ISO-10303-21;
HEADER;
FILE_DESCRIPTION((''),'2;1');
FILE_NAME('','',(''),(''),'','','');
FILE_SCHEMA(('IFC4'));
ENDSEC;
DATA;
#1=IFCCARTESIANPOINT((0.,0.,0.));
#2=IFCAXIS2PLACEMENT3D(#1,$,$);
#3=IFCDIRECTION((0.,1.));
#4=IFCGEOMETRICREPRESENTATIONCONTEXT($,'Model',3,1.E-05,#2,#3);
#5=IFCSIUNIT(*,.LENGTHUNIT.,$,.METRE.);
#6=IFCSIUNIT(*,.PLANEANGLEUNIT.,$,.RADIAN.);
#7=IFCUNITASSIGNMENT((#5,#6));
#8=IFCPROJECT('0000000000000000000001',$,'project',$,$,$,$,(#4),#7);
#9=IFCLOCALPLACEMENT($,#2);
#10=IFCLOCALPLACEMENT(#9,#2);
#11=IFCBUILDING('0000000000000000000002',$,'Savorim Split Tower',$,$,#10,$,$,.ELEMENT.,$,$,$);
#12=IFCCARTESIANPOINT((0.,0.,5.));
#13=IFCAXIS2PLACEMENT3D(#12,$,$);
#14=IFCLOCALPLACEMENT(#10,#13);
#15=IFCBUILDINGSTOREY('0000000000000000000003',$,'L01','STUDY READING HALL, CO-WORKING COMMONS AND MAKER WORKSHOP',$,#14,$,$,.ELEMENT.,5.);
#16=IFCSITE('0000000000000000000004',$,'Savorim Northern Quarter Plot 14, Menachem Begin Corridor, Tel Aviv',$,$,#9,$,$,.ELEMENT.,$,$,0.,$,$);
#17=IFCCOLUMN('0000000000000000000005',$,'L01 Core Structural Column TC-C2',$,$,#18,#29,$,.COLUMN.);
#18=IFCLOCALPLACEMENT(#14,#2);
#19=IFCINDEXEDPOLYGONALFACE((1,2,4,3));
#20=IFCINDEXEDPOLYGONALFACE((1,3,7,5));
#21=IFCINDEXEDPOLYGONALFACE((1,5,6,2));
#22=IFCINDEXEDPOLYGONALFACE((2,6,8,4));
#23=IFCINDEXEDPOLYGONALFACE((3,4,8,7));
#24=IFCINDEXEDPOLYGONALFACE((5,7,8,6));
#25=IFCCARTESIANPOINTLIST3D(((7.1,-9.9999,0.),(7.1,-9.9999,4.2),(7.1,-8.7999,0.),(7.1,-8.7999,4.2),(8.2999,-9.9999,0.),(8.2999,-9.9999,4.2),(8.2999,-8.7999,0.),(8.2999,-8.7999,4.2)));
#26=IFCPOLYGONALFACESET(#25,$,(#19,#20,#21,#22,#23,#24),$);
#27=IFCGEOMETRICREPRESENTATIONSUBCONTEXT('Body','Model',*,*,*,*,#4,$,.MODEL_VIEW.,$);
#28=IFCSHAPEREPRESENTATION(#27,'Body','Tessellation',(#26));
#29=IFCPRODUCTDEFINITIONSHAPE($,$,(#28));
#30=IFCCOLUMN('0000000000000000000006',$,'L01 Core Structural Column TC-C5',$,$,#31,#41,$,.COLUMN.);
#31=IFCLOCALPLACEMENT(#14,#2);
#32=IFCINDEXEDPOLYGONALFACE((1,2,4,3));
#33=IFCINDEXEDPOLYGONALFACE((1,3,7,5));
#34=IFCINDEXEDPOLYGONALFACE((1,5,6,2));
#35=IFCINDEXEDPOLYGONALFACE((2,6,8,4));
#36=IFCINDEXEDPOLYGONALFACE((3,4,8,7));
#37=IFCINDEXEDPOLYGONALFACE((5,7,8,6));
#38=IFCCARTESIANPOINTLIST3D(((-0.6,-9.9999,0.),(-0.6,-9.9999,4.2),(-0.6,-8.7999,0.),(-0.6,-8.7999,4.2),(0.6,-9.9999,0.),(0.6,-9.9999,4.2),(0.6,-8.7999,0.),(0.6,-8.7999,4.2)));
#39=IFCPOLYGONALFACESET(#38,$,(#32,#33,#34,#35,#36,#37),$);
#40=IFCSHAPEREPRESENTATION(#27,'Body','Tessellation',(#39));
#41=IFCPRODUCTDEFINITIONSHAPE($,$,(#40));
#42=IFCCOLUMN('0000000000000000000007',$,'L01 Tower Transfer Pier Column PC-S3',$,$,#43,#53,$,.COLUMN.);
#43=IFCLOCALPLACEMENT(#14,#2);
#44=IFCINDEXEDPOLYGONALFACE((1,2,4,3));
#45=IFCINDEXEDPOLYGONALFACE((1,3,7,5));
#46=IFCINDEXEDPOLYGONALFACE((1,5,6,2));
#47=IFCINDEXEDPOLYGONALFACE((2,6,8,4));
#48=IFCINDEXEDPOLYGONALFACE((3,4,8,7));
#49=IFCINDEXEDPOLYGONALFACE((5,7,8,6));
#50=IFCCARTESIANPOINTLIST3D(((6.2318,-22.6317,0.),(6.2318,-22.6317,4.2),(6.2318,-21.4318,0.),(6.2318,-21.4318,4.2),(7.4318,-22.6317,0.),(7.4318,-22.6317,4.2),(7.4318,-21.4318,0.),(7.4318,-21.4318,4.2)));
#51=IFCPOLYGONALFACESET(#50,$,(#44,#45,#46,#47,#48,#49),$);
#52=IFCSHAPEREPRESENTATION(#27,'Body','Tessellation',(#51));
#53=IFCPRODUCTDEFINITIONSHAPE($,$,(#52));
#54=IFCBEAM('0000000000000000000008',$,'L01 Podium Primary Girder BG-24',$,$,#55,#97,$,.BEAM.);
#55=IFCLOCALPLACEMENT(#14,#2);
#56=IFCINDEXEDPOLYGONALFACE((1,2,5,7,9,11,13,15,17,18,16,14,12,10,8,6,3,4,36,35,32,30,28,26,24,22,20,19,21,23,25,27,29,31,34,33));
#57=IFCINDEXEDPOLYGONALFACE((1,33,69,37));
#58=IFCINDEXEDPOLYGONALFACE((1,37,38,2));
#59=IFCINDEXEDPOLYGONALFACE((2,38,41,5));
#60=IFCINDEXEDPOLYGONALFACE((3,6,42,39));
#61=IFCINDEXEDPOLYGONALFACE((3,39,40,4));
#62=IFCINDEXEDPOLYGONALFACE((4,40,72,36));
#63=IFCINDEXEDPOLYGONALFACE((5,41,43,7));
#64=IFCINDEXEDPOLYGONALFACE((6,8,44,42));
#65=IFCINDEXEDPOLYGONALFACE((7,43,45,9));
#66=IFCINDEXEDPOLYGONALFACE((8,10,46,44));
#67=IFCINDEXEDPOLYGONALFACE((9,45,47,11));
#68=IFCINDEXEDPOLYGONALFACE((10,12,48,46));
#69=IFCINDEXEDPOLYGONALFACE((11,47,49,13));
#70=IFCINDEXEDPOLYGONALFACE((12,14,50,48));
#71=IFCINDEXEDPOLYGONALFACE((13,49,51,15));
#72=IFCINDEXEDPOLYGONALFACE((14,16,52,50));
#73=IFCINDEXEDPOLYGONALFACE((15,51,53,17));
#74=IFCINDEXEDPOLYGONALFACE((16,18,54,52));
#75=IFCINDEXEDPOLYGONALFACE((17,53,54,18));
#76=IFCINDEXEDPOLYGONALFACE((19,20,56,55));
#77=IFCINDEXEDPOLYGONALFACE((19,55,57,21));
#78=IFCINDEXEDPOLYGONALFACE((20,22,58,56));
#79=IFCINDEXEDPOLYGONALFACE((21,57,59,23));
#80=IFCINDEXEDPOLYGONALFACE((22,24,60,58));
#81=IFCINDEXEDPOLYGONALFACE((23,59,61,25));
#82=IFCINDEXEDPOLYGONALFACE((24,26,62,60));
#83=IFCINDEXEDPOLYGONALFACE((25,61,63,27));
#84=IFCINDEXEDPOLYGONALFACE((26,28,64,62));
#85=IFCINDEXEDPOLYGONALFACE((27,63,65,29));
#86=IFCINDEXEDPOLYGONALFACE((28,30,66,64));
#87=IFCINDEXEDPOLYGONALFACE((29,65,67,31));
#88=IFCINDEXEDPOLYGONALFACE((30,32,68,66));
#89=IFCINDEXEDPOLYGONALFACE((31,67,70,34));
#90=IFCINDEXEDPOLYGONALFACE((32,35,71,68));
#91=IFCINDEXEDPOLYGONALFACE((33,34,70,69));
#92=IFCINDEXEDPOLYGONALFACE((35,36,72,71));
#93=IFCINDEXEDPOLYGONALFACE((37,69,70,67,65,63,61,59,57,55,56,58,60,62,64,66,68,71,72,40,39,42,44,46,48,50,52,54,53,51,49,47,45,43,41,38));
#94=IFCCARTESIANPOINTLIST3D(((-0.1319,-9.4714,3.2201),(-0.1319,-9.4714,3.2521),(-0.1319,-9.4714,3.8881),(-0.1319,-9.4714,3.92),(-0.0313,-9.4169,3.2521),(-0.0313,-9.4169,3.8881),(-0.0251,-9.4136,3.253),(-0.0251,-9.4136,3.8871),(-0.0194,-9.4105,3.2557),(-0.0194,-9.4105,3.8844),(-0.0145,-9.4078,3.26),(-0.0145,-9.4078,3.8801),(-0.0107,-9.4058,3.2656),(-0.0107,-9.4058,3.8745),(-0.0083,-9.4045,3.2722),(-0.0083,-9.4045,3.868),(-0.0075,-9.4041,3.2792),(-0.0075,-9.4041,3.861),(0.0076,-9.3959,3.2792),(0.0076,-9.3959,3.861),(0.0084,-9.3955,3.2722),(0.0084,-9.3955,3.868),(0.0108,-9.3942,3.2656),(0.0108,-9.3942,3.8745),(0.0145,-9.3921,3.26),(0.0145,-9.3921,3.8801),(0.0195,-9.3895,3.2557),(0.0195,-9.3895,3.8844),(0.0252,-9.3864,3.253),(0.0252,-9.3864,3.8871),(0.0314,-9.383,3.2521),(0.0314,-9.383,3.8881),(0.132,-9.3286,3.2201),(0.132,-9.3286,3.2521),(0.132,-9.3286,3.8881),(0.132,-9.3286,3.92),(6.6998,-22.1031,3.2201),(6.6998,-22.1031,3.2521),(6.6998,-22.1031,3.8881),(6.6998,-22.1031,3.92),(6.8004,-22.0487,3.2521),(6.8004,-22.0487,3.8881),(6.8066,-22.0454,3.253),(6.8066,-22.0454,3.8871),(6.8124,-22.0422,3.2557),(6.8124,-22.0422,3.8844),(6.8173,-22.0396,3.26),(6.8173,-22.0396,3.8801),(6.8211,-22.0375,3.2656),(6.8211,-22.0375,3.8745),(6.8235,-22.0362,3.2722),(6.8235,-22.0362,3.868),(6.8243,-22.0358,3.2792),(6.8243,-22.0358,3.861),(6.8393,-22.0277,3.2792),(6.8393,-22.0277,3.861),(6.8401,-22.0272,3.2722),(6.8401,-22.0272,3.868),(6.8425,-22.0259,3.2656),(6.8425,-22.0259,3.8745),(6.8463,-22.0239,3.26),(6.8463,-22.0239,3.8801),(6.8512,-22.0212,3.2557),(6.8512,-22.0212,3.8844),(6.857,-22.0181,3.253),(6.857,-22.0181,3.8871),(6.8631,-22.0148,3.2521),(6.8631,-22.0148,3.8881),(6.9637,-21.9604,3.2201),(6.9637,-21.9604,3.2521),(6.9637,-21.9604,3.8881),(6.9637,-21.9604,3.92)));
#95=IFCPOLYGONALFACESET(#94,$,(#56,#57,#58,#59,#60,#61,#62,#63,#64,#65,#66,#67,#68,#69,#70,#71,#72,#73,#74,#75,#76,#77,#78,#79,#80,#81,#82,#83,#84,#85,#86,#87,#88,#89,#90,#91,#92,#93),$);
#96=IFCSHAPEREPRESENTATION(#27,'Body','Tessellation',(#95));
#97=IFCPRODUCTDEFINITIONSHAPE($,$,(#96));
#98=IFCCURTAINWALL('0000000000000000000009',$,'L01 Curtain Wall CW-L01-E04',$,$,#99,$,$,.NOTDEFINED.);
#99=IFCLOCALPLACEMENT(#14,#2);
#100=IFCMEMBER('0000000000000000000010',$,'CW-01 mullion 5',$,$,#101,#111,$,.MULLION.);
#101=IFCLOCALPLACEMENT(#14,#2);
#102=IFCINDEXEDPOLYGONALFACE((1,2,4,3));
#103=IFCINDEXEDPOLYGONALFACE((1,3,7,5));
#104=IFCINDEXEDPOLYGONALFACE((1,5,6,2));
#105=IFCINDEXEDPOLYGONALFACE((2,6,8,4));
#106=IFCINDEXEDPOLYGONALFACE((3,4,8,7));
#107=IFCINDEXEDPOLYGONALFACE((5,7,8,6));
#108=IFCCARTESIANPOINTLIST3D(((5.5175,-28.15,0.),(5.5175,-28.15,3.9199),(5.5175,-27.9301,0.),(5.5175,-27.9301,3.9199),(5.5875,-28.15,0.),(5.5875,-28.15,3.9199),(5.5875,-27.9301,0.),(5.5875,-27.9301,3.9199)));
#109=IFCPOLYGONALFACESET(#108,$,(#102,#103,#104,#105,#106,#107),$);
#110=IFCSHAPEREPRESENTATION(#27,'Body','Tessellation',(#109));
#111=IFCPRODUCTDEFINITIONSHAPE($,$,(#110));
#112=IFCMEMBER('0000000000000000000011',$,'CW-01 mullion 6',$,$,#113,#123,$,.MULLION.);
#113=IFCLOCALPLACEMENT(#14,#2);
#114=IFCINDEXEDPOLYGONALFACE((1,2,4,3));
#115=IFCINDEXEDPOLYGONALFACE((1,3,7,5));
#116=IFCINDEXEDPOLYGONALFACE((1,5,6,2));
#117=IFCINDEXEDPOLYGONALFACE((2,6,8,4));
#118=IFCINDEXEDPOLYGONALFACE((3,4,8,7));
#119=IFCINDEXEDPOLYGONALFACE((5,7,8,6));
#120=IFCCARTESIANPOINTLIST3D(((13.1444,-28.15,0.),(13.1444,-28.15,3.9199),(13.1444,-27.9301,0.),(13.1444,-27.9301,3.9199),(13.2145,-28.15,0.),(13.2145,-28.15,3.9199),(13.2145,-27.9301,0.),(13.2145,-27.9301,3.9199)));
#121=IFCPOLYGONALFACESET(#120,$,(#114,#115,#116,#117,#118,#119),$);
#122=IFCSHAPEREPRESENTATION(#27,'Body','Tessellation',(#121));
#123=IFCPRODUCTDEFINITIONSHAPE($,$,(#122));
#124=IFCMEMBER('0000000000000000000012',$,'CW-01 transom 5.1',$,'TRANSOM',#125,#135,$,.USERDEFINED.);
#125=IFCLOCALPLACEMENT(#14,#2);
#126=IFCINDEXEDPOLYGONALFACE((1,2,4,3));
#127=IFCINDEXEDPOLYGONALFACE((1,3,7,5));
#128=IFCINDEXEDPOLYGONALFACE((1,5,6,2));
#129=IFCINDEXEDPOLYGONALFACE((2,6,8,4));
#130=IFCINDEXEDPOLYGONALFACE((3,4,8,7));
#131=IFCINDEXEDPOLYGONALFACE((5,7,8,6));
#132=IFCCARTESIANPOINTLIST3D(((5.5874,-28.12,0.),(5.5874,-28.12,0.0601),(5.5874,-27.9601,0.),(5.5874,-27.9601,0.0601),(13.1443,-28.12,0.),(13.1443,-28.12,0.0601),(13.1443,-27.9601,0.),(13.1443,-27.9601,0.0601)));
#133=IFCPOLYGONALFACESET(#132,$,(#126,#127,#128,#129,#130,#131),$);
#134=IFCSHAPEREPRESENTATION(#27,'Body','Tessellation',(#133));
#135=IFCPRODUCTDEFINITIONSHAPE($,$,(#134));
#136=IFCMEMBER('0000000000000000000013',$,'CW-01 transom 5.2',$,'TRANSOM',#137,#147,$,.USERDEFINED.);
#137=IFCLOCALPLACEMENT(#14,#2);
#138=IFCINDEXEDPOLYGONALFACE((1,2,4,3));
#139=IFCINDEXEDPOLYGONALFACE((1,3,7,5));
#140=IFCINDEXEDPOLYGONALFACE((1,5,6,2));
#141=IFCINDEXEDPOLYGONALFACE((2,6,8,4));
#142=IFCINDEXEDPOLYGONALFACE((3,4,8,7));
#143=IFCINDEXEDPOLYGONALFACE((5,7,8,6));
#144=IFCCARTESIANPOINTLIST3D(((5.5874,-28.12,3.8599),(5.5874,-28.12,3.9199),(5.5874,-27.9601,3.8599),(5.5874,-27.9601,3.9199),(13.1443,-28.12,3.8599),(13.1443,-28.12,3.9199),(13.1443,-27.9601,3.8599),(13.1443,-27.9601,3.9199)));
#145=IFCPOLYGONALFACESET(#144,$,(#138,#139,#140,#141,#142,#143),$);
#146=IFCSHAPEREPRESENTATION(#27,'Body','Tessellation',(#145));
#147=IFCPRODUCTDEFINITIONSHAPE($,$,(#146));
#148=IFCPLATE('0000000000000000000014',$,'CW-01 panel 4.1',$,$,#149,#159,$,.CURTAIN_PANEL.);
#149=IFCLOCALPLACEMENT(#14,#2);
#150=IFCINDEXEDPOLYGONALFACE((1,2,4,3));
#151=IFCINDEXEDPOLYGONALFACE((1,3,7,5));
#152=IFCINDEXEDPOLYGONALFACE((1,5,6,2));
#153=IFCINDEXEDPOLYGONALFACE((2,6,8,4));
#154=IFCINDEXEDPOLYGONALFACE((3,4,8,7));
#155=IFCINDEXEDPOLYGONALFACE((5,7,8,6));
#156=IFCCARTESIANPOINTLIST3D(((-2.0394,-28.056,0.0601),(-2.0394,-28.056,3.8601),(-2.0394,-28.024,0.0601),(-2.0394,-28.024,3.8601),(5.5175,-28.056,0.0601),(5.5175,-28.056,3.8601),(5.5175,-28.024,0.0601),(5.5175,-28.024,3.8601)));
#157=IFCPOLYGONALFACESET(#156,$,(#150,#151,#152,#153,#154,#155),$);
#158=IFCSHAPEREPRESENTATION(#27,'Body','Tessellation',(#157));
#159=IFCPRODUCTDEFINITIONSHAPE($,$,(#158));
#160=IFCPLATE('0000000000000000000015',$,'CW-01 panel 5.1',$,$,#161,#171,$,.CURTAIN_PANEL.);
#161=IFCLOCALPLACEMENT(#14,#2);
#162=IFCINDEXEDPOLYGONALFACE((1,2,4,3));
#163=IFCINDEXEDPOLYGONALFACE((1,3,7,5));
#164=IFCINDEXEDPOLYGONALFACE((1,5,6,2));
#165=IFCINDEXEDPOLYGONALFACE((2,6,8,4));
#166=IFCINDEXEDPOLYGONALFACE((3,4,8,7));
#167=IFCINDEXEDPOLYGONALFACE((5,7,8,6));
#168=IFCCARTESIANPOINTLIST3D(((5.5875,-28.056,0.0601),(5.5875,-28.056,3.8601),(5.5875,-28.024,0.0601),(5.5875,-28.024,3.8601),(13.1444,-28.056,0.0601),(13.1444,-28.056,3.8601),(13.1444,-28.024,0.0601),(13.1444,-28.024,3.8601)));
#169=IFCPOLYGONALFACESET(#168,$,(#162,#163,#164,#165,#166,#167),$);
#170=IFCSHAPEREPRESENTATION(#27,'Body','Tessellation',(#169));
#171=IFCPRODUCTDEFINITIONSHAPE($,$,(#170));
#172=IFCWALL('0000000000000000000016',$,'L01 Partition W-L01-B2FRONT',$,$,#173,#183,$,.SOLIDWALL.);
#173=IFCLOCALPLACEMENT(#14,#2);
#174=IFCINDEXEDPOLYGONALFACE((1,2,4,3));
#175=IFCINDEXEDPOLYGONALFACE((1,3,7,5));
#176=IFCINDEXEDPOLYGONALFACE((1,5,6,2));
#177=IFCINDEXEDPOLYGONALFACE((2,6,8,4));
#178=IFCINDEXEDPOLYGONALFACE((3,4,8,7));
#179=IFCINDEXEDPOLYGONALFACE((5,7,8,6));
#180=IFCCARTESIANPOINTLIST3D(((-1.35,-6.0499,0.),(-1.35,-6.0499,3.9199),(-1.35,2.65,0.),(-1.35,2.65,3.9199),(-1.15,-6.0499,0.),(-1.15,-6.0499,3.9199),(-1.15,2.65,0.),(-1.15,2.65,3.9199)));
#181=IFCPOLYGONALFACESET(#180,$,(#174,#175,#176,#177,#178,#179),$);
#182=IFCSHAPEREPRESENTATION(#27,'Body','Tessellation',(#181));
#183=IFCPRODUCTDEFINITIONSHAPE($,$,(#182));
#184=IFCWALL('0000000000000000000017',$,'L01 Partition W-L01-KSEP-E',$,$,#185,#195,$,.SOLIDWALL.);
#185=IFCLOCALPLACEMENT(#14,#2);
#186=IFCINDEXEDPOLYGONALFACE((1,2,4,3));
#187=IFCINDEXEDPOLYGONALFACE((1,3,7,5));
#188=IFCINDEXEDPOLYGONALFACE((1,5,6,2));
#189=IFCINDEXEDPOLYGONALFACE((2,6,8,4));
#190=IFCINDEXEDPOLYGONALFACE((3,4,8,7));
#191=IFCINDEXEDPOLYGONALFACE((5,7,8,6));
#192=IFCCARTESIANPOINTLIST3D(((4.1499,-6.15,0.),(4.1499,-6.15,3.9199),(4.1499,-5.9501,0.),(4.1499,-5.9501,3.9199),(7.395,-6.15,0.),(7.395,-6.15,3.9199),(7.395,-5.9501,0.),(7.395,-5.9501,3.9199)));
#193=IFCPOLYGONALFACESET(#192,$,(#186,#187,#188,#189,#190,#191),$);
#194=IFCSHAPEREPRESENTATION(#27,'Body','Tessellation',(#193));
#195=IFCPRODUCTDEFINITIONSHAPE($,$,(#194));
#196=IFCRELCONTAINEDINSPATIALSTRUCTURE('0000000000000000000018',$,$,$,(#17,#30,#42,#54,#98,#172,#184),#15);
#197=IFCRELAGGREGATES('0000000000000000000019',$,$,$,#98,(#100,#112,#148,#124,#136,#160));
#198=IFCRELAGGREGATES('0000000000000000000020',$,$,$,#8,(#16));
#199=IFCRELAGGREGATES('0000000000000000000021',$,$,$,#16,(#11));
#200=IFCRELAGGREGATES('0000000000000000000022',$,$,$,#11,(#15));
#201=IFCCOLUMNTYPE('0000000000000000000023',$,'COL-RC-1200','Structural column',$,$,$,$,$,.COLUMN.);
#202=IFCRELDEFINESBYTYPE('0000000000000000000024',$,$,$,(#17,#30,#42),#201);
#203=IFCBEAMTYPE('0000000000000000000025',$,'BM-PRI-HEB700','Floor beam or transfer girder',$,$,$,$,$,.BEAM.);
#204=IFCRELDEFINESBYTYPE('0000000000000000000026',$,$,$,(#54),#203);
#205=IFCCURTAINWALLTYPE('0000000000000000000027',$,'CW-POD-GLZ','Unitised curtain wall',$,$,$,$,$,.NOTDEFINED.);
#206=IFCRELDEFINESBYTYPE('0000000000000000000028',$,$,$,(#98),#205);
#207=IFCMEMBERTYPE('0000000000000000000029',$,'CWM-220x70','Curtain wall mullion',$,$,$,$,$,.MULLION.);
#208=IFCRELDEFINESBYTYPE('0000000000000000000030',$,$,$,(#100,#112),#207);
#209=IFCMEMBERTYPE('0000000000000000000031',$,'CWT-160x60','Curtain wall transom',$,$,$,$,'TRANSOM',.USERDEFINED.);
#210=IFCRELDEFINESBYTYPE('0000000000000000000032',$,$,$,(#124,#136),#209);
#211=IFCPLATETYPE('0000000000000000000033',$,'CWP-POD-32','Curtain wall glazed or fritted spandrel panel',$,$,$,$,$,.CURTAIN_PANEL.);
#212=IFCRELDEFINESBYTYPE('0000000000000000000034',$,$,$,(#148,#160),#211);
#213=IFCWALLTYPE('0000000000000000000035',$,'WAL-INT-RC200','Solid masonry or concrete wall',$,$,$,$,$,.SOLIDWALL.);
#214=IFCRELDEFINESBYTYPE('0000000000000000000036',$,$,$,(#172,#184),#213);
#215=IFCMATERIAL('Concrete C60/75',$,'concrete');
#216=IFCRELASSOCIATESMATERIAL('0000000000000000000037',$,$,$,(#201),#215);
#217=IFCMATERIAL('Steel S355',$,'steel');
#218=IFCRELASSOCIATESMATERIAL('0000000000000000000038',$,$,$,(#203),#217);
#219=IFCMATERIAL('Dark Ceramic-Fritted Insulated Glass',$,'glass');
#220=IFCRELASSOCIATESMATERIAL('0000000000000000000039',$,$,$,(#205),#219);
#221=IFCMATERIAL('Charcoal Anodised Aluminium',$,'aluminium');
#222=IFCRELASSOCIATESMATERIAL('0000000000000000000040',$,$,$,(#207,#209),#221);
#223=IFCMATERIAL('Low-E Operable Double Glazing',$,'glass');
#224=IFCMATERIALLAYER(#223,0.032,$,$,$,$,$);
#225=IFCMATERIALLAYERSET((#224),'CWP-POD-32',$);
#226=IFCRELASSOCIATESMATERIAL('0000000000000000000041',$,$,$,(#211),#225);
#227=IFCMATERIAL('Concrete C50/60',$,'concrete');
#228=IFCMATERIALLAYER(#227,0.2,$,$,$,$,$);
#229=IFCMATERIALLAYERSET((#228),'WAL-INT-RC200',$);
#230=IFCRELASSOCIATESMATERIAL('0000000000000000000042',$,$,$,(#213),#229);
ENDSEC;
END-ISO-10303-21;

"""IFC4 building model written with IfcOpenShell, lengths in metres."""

from ifc_helpers import new_model, si_unit, direction, frame, frame_2d, origin, origin_2d, place, context, subcontext, project, spatial, rectangle, i_section, extrude, material, layer, layer_set, material_profile, profile_set, type_object, element, aggregate, save


model = new_model("IFC4")

# Units and contexts
model_context = context("Model", 3, precision=1e-05, world=origin(), true_north=direction((0.0, 1.0)))
body_context = subcontext(model_context, "Body", "Model", "MODEL_VIEW")
ifc_project = project(units=[si_unit("LENGTHUNIT", "METRE"), si_unit("PLANEANGLEUNIT", "RADIAN")], contexts=[model_context])

# Site, building, storey
site_placement = place(None, origin())
site = spatial("IfcSite", under=ifc_project, at=site_placement, Name="Savorim Northern Quarter Plot 14, Menachem Begin Corridor, Tel Aviv", CompositionType="ELEMENT", RefElevation=0.0)
building_placement = place(site_placement, origin())
building = spatial("IfcBuilding", under=site, at=building_placement, Name="Savorim Split Tower", CompositionType="ELEMENT")
storey_placement = place(building_placement, frame((0.0, 0.0, 5.0)))
storey = spatial("IfcBuildingStorey", under=building, at=storey_placement, Name="L01", Description="STUDY READING HALL, CO-WORKING COMMONS AND MAKER WORKSHOP", CompositionType="ELEMENT", Elevation=5.0)

# Columns
ifc_material_1 = material(Name="Concrete C60/75", Category="concrete")
ifc_material_profile_1 = material_profile(ifc_material_1, rectangle(XDim=1.2, YDim=1.2, at=origin_2d()), Name="RC 1200x1200")
ifc_profile_set_1 = profile_set([ifc_material_profile_1], Name="Concrete C60/75")
column_type = type_object("IfcColumnType", Name="COL-RC-1200", Description="Structural column", PredefinedType="COLUMN", material=ifc_profile_set_1)
for number, where, z_axis, x_axis, name in (
    (1, (7.7, -9.3999, 0.0), (0.0, 0.0, 1.0), (1.0, 0.0, 0.0), "L01 Core Structural Column TC-C2"),
    (2, (0.0, -9.3999, 0.0), (0.0, 0.0, 1.0), (1.0, 0.0, 0.0), "L01 Core Structural Column TC-C5"),
    (3, (6.8318, -22.0317, 0.0), (0.0, 0.0, 1.0), (1.0, 0.0, 0.0), "L01 Tower Transfer Pier Column PC-S3"),
):
    element("IfcColumn", number, at=place(storey_placement, frame(where, z_axis=z_axis, x_axis=x_axis)), inside=storey, type_object=column_type, Name=name, PredefinedType="COLUMN", context=body_context, shape_type="SweptSolid", body=[
        extrude(rectangle(XDim=1.2, YDim=1.2, at=origin_2d()), origin(), (0.0, 0.0, 1.0), 4.2),
    ])

# Beam
ifc_material_2 = material(Name="Steel S355", Category="steel")
ifc_material_profile_2 = material_profile(ifc_material_2, i_section(OverallWidth=0.3, OverallDepth=0.7, WebThickness=0.0171, FlangeThickness=0.032, FilletRadius=0.0271, at=origin_2d()), Name="HEB 700")
ifc_profile_set_2 = profile_set([ifc_material_profile_2], Name="Steel S355")
beam_type = type_object("IfcBeamType", Name="BM-PRI-HEB700", Description="Floor beam or transfer girder", PredefinedType="BEAM", material=ifc_profile_set_2)
beam_placement = place(storey_placement, frame((6.8318, -22.0317, 3.5701), z_axis=(-0.47572, 0.879597, 0.0), x_axis=(-0.879597, -0.47572, 0.0)))
element("IfcBeam", 4, at=beam_placement, inside=storey, type_object=beam_type, Name="L01 Podium Primary Girder BG-24", PredefinedType="BEAM", context=body_context, shape_type="SweptSolid", body=[
    extrude(i_section(OverallWidth=0.3, OverallDepth=0.7, WebThickness=0.0171, FlangeThickness=0.032, FilletRadius=0.0271, at=origin_2d()), origin(), (0.0, 0.0, 1.0), 14.3608),
])

# Curtain wall, members, plates
ifc_material_3 = material(Name="Dark Ceramic-Fritted Insulated Glass", Category="glass")
curtain_wall_type = type_object("IfcCurtainWallType", Name="CW-POD-GLZ", Description="Unitised curtain wall", PredefinedType="NOTDEFINED", material=ifc_material_3)
curtain_wall_placement = place(storey_placement, origin())
curtain_wall = element("IfcCurtainWall", 5, at=curtain_wall_placement, inside=storey, type_object=curtain_wall_type, Name="L01 Curtain Wall CW-L01-E04", PredefinedType="NOTDEFINED")
ifc_material_4 = material(Name="Charcoal Anodised Aluminium", Category="aluminium")
ifc_material_profile_3 = material_profile(ifc_material_4, rectangle(XDim=0.22, YDim=0.0701, at=origin_2d()), Name="ALU-M 220x70")
ifc_profile_set_3 = profile_set([ifc_material_profile_3], Name="Charcoal Anodised Aluminium")
member_type_1 = type_object("IfcMemberType", Name="CWM-220x70", Description="Curtain wall mullion", PredefinedType="MULLION", material=ifc_profile_set_3)
member_1_placement = place(storey_placement, frame((5.5525, -28.04, 0.0), z_axis=(0.0, 0.0, 1.0), x_axis=(0.0, 1.0, 0.0)))
member_1 = element("IfcMember", 6, at=member_1_placement, type_object=member_type_1, Name="CW-01 mullion 5", PredefinedType="MULLION", context=body_context, shape_type="SweptSolid", body=[
    extrude(rectangle(XDim=0.22, YDim=0.0701, at=origin_2d()), origin(), (0.0, 0.0, 1.0), 3.9199),
])
member_2_placement = place(storey_placement, frame((13.1794, -28.04, 0.0), z_axis=(0.0, 0.0, 1.0), x_axis=(0.0, 1.0, 0.0)))
member_2 = element("IfcMember", 7, at=member_2_placement, type_object=member_type_1, Name="CW-01 mullion 6", PredefinedType="MULLION", context=body_context, shape_type="SweptSolid", body=[
    extrude(rectangle(XDim=0.22, YDim=0.0701, at=origin_2d()), origin(), (0.0, 0.0, 1.0), 3.9199),
])
ifc_material_profile_4 = material_profile(ifc_material_4, rectangle(XDim=0.1599, YDim=0.0601, at=origin_2d()), Name="ALU-T 160x60")
ifc_profile_set_4 = profile_set([ifc_material_profile_4], Name="Charcoal Anodised Aluminium")
member_type_2 = type_object("IfcMemberType", Name="CWT-160x60", Description="Curtain wall transom", ElementType="TRANSOM", PredefinedType="USERDEFINED", material=ifc_profile_set_4)
member_3_placement = place(storey_placement, frame((5.5874, -28.04, 0.03), z_axis=(1.0, 0.0, 0.0), x_axis=(0.0, 1.0, 0.0)))
member_3 = element("IfcMember", 8, at=member_3_placement, type_object=member_type_2, Name="CW-01 transom 5.1", ObjectType="TRANSOM", PredefinedType="USERDEFINED", context=body_context, shape_type="SweptSolid", body=[
    extrude(rectangle(XDim=0.1599, YDim=0.0601, at=origin_2d()), origin(), (0.0, 0.0, 1.0), 7.5569),
])
member_4_placement = place(storey_placement, frame((5.5874, -28.04, 3.8899), z_axis=(1.0, 0.0, 0.0), x_axis=(0.0, 1.0, 0.0)))
member_4 = element("IfcMember", 9, at=member_4_placement, type_object=member_type_2, Name="CW-01 transom 5.2", ObjectType="TRANSOM", PredefinedType="USERDEFINED", context=body_context, shape_type="SweptSolid", body=[
    extrude(rectangle(XDim=0.1599, YDim=0.0601, at=origin_2d()), origin(), (0.0, 0.0, 1.0), 7.5569),
])
ifc_material_5 = material(Name="Low-E Operable Double Glazing", Category="glass")
ifc_layer_1 = layer(ifc_material_5, 0.032)
ifc_layer_set_1 = layer_set([ifc_layer_1], Name="CWP-POD-32")
plate_type = type_object("IfcPlateType", Name="CWP-POD-32", Description="Curtain wall glazed or fritted spandrel panel", PredefinedType="CURTAIN_PANEL", material=ifc_layer_set_1)
plate_1_placement = place(storey_placement, frame((1.739, -28.04, 0.0601), z_axis=(0.0, 0.0, 1.0), x_axis=(1.0, 0.0, 0.0)))
plate_1 = element("IfcPlate", 10, at=plate_1_placement, type_object=plate_type, Name="CW-01 panel 4.1", PredefinedType="CURTAIN_PANEL", context=body_context, shape_type="SweptSolid", body=[
    extrude(rectangle(XDim=7.5569, YDim=0.032, at=origin_2d()), origin(), (0.0, 0.0, 1.0), 3.8),
])
plate_2_placement = place(storey_placement, frame((9.366, -28.04, 0.0601), z_axis=(0.0, 0.0, 1.0), x_axis=(1.0, 0.0, 0.0)))
plate_2 = element("IfcPlate", 11, at=plate_2_placement, type_object=plate_type, Name="CW-01 panel 5.1", PredefinedType="CURTAIN_PANEL", context=body_context, shape_type="SweptSolid", body=[
    extrude(rectangle(XDim=7.5569, YDim=0.032, at=origin_2d()), origin(), (0.0, 0.0, 1.0), 3.8),
])
aggregate(curtain_wall, [member_1, member_2, plate_1, member_3, member_4, plate_2])

# Shared definitions
ifc_material_6 = material(Name="Concrete C50/60", Category="concrete")
ifc_layer_2 = layer(ifc_material_6, 0.2)
ifc_layer_set_2 = layer_set([ifc_layer_2], Name="WAL-INT-RC200")
wall_type_1 = type_object("IfcWallType", Name="WAL-INT-RC200", Description="Solid masonry or concrete wall", PredefinedType="SOLIDWALL", material=ifc_layer_set_2)

# Walls
wall_1_placement = place(storey_placement, frame((-1.25, -6.05, 0.0), z_axis=(0.0, 0.0, 1.0), x_axis=(0.0, 1.0, 0.0)))
element("IfcWall", 12, at=wall_1_placement, inside=storey, type_object=wall_type_1, Name="L01 Partition W-L01-B2FRONT", PredefinedType="SOLIDWALL", context=body_context, shape_type="SweptSolid", body=[
    extrude(rectangle(XDim=8.7, YDim=0.2, at=frame_2d((4.3501, 0.0))), origin(), (0.0, 0.0, 1.0), 3.9199),
])
wall_2_placement = place(storey_placement, frame((4.1499, -6.05, 0.0), z_axis=(0.0, 0.0, 1.0), x_axis=(1.0, 0.0, 0.0)))
element("IfcWall", 13, at=wall_2_placement, inside=storey, type_object=wall_type_1, Name="L01 Partition W-L01-KSEP-E", PredefinedType="SOLIDWALL", context=body_context, shape_type="SweptSolid", body=[
    extrude(rectangle(XDim=3.2451, YDim=0.2, at=frame_2d((1.6226, 0.0))), origin(), (0.0, 0.0, 1.0), 3.9199),
])

save(model, "model.ifc")
